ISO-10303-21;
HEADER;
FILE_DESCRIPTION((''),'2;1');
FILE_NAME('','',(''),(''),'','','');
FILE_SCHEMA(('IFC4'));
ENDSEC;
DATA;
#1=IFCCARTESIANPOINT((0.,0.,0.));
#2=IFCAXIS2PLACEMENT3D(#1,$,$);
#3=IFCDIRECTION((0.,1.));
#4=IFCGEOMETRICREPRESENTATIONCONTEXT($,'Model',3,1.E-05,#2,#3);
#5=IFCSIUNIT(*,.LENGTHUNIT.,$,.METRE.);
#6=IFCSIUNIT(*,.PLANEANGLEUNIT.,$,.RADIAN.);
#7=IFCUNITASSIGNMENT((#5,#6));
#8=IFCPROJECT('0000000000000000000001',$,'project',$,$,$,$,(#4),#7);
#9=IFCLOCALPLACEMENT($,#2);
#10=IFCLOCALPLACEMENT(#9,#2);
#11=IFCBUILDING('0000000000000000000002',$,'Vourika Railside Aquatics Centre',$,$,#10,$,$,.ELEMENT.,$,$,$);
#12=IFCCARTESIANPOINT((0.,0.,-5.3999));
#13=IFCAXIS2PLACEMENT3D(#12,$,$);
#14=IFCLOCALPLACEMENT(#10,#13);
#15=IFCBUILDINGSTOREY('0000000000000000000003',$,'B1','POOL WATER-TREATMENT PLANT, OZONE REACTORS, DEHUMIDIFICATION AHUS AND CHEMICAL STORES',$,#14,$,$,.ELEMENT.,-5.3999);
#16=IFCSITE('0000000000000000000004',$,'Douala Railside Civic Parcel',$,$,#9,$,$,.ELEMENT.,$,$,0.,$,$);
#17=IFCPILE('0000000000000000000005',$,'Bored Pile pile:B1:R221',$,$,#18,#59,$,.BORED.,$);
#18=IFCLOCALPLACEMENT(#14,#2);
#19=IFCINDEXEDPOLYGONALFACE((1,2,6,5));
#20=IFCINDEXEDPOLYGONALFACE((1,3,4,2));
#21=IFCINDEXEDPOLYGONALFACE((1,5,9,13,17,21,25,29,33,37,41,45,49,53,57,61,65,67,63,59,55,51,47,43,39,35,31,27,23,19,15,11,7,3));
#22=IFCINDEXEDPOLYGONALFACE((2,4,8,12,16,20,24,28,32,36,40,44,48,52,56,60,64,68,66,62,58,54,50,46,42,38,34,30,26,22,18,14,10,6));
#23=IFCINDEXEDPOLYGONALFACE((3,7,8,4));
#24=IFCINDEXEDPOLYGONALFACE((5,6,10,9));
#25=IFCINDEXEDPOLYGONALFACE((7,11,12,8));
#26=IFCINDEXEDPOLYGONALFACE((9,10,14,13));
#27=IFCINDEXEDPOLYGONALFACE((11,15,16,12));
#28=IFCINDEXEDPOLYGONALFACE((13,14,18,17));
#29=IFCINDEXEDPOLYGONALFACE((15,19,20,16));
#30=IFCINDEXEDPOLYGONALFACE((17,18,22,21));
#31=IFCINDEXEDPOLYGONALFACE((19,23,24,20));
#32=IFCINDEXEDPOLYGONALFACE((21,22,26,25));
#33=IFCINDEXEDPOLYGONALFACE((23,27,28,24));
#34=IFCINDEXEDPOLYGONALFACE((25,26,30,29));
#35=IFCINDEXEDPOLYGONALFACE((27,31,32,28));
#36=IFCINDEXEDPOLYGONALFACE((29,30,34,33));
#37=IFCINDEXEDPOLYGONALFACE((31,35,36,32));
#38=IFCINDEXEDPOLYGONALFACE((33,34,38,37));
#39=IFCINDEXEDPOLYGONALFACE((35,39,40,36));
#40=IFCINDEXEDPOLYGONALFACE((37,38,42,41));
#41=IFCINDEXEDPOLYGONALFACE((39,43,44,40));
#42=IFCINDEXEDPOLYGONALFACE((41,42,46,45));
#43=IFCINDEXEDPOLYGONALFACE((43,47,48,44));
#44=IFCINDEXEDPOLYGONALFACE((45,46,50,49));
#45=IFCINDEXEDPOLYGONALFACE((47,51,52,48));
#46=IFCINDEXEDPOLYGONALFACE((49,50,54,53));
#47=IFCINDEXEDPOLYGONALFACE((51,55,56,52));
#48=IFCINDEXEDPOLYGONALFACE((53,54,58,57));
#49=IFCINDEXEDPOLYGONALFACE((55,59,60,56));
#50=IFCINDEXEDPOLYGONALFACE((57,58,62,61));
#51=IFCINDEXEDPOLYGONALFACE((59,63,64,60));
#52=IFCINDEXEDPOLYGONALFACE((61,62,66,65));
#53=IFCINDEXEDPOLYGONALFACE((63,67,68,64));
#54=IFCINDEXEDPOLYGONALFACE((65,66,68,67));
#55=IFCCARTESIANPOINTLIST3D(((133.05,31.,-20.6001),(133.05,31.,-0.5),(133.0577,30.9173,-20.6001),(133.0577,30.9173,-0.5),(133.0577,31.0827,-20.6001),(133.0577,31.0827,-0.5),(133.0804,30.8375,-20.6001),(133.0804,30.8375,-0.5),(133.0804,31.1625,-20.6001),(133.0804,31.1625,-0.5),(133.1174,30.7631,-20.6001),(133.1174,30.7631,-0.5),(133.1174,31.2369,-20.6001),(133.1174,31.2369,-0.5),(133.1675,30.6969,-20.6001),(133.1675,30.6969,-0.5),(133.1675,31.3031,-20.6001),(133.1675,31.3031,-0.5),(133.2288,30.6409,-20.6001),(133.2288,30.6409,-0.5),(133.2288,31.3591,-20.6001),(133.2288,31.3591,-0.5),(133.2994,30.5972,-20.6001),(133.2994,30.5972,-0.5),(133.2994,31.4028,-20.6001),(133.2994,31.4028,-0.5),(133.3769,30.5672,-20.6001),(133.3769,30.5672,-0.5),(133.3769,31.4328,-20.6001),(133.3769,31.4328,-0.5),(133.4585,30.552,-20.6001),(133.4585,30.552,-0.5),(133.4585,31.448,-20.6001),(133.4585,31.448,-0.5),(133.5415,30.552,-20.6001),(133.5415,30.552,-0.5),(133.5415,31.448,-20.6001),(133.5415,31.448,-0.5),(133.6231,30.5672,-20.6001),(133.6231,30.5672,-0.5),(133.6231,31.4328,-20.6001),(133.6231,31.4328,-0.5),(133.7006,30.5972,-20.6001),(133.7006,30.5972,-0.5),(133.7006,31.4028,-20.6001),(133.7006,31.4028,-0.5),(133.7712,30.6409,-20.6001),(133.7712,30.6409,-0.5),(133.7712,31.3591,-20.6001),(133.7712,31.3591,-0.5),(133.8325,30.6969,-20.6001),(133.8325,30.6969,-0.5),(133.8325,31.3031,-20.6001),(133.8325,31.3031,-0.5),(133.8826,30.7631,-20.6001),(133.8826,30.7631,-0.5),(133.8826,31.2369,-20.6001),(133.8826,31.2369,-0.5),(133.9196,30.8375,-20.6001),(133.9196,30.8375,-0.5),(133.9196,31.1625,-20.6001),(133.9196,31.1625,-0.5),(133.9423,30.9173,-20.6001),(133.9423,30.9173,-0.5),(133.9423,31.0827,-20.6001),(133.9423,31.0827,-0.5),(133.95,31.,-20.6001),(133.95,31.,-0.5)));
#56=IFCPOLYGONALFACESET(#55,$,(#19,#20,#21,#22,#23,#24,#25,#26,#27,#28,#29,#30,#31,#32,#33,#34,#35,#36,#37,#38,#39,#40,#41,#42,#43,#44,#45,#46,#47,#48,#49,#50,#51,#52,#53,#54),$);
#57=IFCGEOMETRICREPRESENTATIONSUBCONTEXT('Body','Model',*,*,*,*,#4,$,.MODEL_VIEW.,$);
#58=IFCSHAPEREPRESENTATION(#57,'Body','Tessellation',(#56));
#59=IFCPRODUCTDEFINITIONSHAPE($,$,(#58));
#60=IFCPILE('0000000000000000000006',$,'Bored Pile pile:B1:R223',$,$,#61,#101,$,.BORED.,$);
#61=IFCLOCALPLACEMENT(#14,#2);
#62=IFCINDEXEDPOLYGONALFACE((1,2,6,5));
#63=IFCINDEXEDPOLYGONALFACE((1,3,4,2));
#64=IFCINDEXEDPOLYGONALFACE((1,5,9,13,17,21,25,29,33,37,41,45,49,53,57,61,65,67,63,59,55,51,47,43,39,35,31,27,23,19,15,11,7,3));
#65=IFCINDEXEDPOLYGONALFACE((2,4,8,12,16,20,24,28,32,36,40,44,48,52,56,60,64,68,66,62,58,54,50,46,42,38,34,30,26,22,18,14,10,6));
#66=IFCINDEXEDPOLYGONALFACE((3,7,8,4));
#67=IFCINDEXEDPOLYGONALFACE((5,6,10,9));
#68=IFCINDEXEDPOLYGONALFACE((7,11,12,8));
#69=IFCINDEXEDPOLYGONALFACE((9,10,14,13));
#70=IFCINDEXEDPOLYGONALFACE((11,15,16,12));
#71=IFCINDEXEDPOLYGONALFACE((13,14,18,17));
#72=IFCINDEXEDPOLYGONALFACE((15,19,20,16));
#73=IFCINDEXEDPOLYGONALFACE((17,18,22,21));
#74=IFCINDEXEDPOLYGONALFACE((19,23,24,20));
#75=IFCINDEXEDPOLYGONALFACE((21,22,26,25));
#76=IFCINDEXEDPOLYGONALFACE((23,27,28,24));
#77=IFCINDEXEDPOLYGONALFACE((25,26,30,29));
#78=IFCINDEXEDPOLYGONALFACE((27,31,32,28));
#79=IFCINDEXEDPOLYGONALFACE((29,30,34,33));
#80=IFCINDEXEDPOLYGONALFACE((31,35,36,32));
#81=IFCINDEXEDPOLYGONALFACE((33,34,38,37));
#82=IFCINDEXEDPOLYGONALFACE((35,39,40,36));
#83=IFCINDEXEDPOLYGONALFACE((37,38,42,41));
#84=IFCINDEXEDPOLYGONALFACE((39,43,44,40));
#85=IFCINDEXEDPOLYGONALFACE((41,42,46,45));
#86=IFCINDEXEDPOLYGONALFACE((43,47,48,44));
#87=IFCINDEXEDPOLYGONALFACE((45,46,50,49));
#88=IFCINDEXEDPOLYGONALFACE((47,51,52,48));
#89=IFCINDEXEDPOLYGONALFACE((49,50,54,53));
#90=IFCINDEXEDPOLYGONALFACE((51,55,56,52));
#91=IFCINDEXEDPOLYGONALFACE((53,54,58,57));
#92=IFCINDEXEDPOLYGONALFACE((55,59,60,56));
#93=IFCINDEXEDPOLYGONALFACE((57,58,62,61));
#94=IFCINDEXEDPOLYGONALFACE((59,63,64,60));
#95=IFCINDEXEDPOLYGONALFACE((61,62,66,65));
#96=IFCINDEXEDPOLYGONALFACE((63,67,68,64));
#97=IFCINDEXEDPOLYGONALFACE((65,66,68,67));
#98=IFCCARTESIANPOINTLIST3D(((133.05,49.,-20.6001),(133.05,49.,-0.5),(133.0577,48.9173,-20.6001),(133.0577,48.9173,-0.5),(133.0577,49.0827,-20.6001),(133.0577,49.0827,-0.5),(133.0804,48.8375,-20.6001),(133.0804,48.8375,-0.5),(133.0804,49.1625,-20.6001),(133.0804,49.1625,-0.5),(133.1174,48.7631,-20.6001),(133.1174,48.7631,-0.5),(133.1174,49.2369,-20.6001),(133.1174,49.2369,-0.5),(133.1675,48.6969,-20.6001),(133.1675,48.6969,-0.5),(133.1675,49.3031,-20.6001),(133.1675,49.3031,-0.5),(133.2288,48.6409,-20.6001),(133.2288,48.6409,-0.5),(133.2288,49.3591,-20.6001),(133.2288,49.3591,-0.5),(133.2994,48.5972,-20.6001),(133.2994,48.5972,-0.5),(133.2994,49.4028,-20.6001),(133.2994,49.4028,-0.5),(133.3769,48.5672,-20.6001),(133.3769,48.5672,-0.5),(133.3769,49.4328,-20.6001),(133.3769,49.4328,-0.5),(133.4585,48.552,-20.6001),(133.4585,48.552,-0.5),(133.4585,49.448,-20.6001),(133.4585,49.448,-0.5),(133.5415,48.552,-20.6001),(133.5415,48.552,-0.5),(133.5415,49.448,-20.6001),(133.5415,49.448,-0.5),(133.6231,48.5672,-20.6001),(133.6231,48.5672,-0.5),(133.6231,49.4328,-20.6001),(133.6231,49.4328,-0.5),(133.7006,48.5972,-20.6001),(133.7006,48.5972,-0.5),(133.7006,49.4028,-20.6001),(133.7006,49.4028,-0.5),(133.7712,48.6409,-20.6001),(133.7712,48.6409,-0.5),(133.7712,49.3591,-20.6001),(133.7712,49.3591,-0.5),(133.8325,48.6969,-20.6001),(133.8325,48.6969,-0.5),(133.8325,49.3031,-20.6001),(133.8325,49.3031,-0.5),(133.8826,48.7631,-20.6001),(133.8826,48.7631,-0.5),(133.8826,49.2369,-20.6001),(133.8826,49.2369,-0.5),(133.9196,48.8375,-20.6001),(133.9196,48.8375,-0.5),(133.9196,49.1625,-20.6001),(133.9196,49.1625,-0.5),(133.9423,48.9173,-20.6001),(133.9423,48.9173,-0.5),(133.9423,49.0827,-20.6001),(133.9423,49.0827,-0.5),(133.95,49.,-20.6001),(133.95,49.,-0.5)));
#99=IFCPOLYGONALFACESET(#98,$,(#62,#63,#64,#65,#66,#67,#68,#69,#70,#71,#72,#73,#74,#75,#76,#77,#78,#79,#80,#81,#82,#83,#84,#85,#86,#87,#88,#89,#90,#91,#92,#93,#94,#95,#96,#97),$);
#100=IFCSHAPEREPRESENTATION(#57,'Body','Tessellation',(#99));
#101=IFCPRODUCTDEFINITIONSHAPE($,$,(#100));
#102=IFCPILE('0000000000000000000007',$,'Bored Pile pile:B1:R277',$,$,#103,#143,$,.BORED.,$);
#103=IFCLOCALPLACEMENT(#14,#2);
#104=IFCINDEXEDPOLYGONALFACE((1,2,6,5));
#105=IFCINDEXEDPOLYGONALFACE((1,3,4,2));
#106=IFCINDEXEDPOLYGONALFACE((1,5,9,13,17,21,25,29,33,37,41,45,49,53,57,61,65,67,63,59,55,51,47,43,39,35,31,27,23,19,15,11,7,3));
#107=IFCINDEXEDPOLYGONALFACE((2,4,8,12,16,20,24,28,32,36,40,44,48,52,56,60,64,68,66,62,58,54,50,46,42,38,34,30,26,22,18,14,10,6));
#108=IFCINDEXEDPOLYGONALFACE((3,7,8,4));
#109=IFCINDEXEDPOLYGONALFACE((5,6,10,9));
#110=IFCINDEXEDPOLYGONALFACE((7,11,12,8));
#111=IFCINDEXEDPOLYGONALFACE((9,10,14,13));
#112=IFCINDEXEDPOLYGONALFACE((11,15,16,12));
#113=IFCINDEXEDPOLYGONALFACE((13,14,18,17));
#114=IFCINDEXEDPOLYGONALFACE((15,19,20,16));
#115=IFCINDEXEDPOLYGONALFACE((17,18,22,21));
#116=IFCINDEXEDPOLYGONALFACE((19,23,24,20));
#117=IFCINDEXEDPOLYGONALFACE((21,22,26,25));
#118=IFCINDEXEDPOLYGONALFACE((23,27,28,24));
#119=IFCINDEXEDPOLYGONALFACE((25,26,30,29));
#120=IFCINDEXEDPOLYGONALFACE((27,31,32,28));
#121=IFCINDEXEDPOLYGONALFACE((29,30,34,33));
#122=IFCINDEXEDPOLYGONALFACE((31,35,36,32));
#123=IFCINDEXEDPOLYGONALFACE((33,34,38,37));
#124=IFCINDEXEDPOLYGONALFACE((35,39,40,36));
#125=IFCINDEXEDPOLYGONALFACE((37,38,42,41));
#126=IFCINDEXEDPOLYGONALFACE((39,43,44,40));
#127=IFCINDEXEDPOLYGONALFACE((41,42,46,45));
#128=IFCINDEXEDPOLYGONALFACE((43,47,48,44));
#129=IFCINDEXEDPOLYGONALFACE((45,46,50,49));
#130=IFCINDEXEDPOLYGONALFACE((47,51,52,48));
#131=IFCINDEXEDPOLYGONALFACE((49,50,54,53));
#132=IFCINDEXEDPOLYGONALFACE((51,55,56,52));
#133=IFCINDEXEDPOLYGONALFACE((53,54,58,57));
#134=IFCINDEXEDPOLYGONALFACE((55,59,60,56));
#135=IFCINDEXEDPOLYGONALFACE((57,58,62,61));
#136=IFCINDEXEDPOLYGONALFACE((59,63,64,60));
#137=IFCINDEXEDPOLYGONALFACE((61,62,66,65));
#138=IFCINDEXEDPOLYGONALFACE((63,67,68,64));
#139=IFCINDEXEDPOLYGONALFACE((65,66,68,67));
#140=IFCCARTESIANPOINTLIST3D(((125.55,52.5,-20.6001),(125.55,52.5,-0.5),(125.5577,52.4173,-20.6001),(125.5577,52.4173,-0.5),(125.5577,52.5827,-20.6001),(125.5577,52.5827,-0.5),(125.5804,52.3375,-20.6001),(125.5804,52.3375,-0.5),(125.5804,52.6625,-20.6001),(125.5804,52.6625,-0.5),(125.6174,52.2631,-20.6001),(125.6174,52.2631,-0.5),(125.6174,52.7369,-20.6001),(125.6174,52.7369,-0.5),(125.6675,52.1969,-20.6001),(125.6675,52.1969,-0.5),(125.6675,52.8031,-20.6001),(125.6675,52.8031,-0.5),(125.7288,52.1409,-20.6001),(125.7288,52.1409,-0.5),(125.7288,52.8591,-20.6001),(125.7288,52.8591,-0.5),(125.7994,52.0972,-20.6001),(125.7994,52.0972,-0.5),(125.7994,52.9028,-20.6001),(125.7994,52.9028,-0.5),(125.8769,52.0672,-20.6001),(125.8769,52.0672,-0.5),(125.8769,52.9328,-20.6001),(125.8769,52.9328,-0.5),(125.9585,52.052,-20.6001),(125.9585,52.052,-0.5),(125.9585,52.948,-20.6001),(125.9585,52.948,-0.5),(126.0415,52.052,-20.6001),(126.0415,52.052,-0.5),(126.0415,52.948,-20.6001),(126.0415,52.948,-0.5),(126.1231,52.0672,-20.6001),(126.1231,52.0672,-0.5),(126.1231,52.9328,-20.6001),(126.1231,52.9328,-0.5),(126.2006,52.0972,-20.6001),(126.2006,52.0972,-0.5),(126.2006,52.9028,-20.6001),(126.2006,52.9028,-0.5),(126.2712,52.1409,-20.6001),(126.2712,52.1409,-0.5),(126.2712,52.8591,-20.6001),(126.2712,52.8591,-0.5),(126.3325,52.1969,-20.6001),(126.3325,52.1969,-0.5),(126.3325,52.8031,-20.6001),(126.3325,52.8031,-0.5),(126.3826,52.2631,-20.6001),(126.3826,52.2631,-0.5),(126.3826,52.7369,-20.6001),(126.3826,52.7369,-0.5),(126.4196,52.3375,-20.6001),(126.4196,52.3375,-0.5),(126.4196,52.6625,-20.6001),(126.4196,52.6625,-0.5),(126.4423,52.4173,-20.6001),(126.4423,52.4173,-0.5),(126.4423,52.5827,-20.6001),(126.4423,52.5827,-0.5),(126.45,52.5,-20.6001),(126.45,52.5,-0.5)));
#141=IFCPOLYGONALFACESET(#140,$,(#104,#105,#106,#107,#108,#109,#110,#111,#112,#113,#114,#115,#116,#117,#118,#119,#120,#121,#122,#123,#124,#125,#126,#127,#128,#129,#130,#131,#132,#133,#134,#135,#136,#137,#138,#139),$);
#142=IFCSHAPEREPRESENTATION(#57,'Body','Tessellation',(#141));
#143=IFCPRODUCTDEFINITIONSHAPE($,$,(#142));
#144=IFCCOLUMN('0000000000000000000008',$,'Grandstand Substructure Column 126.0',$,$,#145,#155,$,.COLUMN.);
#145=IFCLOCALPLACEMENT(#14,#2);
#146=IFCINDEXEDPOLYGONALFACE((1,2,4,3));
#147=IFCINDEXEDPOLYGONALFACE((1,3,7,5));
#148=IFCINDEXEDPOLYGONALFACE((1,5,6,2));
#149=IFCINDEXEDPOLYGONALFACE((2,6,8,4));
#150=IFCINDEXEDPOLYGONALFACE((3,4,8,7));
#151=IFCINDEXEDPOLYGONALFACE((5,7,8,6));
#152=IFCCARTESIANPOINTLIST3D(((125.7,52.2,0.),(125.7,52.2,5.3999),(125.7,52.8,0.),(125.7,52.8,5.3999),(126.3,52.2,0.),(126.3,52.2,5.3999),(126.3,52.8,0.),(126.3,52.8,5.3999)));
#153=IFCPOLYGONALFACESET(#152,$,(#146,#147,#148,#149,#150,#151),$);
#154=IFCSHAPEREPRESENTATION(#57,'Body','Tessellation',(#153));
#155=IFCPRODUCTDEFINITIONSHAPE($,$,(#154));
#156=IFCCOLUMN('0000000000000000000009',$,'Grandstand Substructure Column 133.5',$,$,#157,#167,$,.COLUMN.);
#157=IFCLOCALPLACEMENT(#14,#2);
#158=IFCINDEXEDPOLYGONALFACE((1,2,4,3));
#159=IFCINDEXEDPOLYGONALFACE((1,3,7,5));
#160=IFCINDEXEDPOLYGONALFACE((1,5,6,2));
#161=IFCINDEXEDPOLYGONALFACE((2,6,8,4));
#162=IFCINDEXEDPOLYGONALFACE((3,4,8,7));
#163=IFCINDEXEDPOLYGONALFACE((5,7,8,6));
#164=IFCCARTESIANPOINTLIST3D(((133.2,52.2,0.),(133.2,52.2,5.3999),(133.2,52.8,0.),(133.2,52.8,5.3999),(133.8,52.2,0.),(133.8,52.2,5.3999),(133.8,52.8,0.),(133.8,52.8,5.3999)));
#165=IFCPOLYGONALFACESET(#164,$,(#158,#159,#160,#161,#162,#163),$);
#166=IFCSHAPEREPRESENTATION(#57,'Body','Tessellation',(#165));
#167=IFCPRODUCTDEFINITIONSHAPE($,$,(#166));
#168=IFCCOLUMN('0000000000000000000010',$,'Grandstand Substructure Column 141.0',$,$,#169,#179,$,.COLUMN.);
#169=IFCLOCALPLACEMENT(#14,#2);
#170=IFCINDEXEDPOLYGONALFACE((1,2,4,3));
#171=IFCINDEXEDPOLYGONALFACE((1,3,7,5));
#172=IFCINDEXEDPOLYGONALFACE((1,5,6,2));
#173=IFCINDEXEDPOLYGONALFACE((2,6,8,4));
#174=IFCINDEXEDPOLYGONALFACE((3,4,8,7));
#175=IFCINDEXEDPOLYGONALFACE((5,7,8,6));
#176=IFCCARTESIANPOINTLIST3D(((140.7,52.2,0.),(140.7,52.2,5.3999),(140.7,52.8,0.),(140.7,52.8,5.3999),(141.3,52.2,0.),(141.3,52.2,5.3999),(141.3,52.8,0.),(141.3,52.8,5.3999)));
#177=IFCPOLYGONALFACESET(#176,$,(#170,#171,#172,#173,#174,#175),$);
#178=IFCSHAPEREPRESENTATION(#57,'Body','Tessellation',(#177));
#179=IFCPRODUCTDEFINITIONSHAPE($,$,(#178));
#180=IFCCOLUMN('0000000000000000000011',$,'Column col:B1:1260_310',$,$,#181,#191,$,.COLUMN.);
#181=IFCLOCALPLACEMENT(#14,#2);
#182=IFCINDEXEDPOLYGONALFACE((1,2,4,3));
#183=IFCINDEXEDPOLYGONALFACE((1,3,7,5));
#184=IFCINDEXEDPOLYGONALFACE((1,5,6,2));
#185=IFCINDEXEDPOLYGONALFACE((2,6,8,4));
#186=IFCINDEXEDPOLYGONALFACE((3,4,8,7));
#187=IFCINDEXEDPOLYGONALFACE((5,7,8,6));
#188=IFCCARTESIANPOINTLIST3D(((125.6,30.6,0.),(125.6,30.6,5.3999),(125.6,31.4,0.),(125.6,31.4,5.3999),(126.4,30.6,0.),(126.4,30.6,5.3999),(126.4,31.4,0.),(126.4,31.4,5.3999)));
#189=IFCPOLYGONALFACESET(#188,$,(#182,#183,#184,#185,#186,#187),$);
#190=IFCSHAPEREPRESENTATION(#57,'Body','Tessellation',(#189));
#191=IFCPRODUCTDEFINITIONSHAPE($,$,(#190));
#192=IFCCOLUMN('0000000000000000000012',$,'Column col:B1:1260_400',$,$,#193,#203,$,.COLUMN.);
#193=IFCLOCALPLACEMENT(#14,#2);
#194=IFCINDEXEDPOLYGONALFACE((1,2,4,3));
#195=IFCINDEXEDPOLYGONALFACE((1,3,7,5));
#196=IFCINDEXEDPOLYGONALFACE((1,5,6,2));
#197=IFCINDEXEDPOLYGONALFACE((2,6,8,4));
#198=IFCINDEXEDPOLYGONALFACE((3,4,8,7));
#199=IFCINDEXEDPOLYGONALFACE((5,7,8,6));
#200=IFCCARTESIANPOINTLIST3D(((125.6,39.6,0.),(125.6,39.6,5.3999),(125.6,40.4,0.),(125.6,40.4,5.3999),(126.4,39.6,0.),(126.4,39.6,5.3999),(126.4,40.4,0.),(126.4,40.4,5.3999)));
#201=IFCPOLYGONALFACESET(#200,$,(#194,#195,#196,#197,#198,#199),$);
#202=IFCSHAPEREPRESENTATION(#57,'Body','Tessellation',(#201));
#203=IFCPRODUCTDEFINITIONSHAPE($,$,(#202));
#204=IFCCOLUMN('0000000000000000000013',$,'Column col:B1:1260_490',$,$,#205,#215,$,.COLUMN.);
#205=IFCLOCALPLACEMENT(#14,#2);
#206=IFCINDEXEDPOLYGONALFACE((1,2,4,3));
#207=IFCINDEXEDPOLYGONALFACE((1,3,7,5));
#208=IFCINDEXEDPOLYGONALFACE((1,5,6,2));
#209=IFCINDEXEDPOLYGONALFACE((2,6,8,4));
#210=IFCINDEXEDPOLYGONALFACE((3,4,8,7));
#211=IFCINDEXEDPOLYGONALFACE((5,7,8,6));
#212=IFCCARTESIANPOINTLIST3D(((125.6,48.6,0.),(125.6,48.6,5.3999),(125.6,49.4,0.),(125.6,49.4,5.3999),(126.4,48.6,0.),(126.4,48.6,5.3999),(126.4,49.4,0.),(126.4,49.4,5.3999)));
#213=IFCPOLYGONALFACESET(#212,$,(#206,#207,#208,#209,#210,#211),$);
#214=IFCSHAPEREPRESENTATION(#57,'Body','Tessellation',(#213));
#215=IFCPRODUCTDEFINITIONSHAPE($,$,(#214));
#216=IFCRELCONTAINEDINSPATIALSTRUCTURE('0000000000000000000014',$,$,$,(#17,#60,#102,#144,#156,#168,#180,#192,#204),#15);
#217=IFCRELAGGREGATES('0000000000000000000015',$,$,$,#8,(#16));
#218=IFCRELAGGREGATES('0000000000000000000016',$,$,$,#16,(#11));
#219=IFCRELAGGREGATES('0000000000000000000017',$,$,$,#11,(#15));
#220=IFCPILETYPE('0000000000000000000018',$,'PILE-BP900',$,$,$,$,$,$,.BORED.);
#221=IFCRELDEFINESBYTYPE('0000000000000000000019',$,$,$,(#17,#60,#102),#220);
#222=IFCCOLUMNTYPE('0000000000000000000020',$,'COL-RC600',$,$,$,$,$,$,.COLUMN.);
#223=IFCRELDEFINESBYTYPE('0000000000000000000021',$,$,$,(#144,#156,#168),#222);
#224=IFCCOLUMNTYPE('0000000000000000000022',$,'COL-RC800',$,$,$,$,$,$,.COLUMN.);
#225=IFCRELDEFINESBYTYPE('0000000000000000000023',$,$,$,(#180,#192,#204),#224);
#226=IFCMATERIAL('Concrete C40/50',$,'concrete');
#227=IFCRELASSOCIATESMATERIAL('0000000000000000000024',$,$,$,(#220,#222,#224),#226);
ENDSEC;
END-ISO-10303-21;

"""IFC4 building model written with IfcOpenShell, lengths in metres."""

from ifc_helpers import new_model, si_unit, direction, frame, origin, origin_2d, place, context, subcontext, project, spatial, rectangle, circle, extrude, material, material_profile, profile_set, type_object, element, save


model = new_model("IFC4")

# Units and contexts
model_context = context("Model", 3, precision=1e-05, world=origin(), true_north=direction((0.0, 1.0)))
body_context = subcontext(model_context, "Body", "Model", "MODEL_VIEW")
ifc_project = project(units=[si_unit("LENGTHUNIT", "METRE"), si_unit("PLANEANGLEUNIT", "RADIAN")], contexts=[model_context])

# Site, building, storey
site_placement = place(None, origin())
site = spatial("IfcSite", under=ifc_project, at=site_placement, Name="Douala Railside Civic Parcel", CompositionType="ELEMENT", RefElevation=0.0)
building_placement = place(site_placement, origin())
building = spatial("IfcBuilding", under=site, at=building_placement, Name="Vourika Railside Aquatics Centre", CompositionType="ELEMENT")
storey_placement = place(building_placement, frame((0.0, 0.0, -5.3999)))
storey = spatial("IfcBuildingStorey", under=building, at=storey_placement, Name="B1", Description="POOL WATER-TREATMENT PLANT, OZONE REACTORS, DEHUMIDIFICATION AHUS AND CHEMICAL STORES", CompositionType="ELEMENT", Elevation=-5.3999)

# Shared definitions
ifc_material_1 = material(Name="Concrete C40/50", Category="concrete")

# Piles
ifc_material_profile_1 = material_profile(ifc_material_1, circle(Radius=0.45, at=origin_2d()), Name="BP 900")
ifc_profile_set_1 = profile_set([ifc_material_profile_1], Name="Concrete C40/50")
pile_type_1 = type_object("IfcPileType", Name="PILE-BP900", PredefinedType="BORED", material=ifc_profile_set_1)
for number, where, z_axis, x_axis, name in (
    (1, (133.5, 31.0, -0.5), (0.0, 0.0, -1.0), (1.0, 0.0, 0.0), "Bored Pile pile:B1:R221"),
    (2, (133.5, 49.0, -0.5), (0.0, 0.0, -1.0), (1.0, 0.0, 0.0), "Bored Pile pile:B1:R223"),
    (3, (126.0, 52.5, -0.5), (0.0, 0.0, -1.0), (1.0, 0.0, 0.0), "Bored Pile pile:B1:R277"),
):
    element("IfcPile", number, at=place(storey_placement, frame(where, z_axis=z_axis, x_axis=x_axis)), inside=storey, type_object=pile_type_1, Name=name, PredefinedType="BORED", context=body_context, shape_type="SweptSolid", body=[
        extrude(circle(Radius=0.45, at=origin_2d()), origin(), (0.0, 0.0, 1.0), 20.1001),
    ])

# Columns
ifc_material_profile_2 = material_profile(ifc_material_1, rectangle(XDim=0.6001, YDim=0.6001, at=origin_2d()), Name="RC 600x600")
ifc_profile_set_2 = profile_set([ifc_material_profile_2], Name="Concrete C40/50")
column_type_1 = type_object("IfcColumnType", Name="COL-RC600", PredefinedType="COLUMN", material=ifc_profile_set_2)
for number, where, z_axis, x_axis, name in (
    (4, (126.0, 52.5, 0.0), (0.0, 0.0, 1.0), (1.0, 0.0, 0.0), "Grandstand Substructure Column 126.0"),
    (5, (133.5, 52.5, 0.0), (0.0, 0.0, 1.0), (1.0, 0.0, 0.0), "Grandstand Substructure Column 133.5"),
    (6, (141.0, 52.5, 0.0), (0.0, 0.0, 1.0), (1.0, 0.0, 0.0), "Grandstand Substructure Column 141.0"),
):
    element("IfcColumn", number, at=place(storey_placement, frame(where, z_axis=z_axis, x_axis=x_axis)), inside=storey, type_object=column_type_1, Name=name, PredefinedType="COLUMN", context=body_context, shape_type="SweptSolid", body=[
        extrude(rectangle(XDim=0.6001, YDim=0.6001, at=origin_2d()), origin(), (0.0, 0.0, 1.0), 5.3999),
    ])
ifc_material_profile_3 = material_profile(ifc_material_1, rectangle(XDim=0.8, YDim=0.8, at=origin_2d()), Name="RC 800x800")
ifc_profile_set_3 = profile_set([ifc_material_profile_3], Name="Concrete C40/50")
column_type_2 = type_object("IfcColumnType", Name="COL-RC800", PredefinedType="COLUMN", material=ifc_profile_set_3)
for number, where, z_axis, x_axis, name in (
    (7, (126.0, 31.0, 0.0), (0.0, 0.0, 1.0), (1.0, 0.0, 0.0), "Column col:B1:1260_310"),
    (8, (126.0, 40.0, 0.0), (0.0, 0.0, 1.0), (1.0, 0.0, 0.0), "Column col:B1:1260_400"),
    (9, (126.0, 49.0, 0.0), (0.0, 0.0, 1.0), (1.0, 0.0, 0.0), "Column col:B1:1260_490"),
):
    element("IfcColumn", number, at=place(storey_placement, frame(where, z_axis=z_axis, x_axis=x_axis)), inside=storey, type_object=column_type_2, Name=name, PredefinedType="COLUMN", context=body_context, shape_type="SweptSolid", body=[
        extrude(rectangle(XDim=0.8, YDim=0.8, at=origin_2d()), origin(), (0.0, 0.0, 1.0), 5.3999),
    ])

save(model, "model.ifc")
